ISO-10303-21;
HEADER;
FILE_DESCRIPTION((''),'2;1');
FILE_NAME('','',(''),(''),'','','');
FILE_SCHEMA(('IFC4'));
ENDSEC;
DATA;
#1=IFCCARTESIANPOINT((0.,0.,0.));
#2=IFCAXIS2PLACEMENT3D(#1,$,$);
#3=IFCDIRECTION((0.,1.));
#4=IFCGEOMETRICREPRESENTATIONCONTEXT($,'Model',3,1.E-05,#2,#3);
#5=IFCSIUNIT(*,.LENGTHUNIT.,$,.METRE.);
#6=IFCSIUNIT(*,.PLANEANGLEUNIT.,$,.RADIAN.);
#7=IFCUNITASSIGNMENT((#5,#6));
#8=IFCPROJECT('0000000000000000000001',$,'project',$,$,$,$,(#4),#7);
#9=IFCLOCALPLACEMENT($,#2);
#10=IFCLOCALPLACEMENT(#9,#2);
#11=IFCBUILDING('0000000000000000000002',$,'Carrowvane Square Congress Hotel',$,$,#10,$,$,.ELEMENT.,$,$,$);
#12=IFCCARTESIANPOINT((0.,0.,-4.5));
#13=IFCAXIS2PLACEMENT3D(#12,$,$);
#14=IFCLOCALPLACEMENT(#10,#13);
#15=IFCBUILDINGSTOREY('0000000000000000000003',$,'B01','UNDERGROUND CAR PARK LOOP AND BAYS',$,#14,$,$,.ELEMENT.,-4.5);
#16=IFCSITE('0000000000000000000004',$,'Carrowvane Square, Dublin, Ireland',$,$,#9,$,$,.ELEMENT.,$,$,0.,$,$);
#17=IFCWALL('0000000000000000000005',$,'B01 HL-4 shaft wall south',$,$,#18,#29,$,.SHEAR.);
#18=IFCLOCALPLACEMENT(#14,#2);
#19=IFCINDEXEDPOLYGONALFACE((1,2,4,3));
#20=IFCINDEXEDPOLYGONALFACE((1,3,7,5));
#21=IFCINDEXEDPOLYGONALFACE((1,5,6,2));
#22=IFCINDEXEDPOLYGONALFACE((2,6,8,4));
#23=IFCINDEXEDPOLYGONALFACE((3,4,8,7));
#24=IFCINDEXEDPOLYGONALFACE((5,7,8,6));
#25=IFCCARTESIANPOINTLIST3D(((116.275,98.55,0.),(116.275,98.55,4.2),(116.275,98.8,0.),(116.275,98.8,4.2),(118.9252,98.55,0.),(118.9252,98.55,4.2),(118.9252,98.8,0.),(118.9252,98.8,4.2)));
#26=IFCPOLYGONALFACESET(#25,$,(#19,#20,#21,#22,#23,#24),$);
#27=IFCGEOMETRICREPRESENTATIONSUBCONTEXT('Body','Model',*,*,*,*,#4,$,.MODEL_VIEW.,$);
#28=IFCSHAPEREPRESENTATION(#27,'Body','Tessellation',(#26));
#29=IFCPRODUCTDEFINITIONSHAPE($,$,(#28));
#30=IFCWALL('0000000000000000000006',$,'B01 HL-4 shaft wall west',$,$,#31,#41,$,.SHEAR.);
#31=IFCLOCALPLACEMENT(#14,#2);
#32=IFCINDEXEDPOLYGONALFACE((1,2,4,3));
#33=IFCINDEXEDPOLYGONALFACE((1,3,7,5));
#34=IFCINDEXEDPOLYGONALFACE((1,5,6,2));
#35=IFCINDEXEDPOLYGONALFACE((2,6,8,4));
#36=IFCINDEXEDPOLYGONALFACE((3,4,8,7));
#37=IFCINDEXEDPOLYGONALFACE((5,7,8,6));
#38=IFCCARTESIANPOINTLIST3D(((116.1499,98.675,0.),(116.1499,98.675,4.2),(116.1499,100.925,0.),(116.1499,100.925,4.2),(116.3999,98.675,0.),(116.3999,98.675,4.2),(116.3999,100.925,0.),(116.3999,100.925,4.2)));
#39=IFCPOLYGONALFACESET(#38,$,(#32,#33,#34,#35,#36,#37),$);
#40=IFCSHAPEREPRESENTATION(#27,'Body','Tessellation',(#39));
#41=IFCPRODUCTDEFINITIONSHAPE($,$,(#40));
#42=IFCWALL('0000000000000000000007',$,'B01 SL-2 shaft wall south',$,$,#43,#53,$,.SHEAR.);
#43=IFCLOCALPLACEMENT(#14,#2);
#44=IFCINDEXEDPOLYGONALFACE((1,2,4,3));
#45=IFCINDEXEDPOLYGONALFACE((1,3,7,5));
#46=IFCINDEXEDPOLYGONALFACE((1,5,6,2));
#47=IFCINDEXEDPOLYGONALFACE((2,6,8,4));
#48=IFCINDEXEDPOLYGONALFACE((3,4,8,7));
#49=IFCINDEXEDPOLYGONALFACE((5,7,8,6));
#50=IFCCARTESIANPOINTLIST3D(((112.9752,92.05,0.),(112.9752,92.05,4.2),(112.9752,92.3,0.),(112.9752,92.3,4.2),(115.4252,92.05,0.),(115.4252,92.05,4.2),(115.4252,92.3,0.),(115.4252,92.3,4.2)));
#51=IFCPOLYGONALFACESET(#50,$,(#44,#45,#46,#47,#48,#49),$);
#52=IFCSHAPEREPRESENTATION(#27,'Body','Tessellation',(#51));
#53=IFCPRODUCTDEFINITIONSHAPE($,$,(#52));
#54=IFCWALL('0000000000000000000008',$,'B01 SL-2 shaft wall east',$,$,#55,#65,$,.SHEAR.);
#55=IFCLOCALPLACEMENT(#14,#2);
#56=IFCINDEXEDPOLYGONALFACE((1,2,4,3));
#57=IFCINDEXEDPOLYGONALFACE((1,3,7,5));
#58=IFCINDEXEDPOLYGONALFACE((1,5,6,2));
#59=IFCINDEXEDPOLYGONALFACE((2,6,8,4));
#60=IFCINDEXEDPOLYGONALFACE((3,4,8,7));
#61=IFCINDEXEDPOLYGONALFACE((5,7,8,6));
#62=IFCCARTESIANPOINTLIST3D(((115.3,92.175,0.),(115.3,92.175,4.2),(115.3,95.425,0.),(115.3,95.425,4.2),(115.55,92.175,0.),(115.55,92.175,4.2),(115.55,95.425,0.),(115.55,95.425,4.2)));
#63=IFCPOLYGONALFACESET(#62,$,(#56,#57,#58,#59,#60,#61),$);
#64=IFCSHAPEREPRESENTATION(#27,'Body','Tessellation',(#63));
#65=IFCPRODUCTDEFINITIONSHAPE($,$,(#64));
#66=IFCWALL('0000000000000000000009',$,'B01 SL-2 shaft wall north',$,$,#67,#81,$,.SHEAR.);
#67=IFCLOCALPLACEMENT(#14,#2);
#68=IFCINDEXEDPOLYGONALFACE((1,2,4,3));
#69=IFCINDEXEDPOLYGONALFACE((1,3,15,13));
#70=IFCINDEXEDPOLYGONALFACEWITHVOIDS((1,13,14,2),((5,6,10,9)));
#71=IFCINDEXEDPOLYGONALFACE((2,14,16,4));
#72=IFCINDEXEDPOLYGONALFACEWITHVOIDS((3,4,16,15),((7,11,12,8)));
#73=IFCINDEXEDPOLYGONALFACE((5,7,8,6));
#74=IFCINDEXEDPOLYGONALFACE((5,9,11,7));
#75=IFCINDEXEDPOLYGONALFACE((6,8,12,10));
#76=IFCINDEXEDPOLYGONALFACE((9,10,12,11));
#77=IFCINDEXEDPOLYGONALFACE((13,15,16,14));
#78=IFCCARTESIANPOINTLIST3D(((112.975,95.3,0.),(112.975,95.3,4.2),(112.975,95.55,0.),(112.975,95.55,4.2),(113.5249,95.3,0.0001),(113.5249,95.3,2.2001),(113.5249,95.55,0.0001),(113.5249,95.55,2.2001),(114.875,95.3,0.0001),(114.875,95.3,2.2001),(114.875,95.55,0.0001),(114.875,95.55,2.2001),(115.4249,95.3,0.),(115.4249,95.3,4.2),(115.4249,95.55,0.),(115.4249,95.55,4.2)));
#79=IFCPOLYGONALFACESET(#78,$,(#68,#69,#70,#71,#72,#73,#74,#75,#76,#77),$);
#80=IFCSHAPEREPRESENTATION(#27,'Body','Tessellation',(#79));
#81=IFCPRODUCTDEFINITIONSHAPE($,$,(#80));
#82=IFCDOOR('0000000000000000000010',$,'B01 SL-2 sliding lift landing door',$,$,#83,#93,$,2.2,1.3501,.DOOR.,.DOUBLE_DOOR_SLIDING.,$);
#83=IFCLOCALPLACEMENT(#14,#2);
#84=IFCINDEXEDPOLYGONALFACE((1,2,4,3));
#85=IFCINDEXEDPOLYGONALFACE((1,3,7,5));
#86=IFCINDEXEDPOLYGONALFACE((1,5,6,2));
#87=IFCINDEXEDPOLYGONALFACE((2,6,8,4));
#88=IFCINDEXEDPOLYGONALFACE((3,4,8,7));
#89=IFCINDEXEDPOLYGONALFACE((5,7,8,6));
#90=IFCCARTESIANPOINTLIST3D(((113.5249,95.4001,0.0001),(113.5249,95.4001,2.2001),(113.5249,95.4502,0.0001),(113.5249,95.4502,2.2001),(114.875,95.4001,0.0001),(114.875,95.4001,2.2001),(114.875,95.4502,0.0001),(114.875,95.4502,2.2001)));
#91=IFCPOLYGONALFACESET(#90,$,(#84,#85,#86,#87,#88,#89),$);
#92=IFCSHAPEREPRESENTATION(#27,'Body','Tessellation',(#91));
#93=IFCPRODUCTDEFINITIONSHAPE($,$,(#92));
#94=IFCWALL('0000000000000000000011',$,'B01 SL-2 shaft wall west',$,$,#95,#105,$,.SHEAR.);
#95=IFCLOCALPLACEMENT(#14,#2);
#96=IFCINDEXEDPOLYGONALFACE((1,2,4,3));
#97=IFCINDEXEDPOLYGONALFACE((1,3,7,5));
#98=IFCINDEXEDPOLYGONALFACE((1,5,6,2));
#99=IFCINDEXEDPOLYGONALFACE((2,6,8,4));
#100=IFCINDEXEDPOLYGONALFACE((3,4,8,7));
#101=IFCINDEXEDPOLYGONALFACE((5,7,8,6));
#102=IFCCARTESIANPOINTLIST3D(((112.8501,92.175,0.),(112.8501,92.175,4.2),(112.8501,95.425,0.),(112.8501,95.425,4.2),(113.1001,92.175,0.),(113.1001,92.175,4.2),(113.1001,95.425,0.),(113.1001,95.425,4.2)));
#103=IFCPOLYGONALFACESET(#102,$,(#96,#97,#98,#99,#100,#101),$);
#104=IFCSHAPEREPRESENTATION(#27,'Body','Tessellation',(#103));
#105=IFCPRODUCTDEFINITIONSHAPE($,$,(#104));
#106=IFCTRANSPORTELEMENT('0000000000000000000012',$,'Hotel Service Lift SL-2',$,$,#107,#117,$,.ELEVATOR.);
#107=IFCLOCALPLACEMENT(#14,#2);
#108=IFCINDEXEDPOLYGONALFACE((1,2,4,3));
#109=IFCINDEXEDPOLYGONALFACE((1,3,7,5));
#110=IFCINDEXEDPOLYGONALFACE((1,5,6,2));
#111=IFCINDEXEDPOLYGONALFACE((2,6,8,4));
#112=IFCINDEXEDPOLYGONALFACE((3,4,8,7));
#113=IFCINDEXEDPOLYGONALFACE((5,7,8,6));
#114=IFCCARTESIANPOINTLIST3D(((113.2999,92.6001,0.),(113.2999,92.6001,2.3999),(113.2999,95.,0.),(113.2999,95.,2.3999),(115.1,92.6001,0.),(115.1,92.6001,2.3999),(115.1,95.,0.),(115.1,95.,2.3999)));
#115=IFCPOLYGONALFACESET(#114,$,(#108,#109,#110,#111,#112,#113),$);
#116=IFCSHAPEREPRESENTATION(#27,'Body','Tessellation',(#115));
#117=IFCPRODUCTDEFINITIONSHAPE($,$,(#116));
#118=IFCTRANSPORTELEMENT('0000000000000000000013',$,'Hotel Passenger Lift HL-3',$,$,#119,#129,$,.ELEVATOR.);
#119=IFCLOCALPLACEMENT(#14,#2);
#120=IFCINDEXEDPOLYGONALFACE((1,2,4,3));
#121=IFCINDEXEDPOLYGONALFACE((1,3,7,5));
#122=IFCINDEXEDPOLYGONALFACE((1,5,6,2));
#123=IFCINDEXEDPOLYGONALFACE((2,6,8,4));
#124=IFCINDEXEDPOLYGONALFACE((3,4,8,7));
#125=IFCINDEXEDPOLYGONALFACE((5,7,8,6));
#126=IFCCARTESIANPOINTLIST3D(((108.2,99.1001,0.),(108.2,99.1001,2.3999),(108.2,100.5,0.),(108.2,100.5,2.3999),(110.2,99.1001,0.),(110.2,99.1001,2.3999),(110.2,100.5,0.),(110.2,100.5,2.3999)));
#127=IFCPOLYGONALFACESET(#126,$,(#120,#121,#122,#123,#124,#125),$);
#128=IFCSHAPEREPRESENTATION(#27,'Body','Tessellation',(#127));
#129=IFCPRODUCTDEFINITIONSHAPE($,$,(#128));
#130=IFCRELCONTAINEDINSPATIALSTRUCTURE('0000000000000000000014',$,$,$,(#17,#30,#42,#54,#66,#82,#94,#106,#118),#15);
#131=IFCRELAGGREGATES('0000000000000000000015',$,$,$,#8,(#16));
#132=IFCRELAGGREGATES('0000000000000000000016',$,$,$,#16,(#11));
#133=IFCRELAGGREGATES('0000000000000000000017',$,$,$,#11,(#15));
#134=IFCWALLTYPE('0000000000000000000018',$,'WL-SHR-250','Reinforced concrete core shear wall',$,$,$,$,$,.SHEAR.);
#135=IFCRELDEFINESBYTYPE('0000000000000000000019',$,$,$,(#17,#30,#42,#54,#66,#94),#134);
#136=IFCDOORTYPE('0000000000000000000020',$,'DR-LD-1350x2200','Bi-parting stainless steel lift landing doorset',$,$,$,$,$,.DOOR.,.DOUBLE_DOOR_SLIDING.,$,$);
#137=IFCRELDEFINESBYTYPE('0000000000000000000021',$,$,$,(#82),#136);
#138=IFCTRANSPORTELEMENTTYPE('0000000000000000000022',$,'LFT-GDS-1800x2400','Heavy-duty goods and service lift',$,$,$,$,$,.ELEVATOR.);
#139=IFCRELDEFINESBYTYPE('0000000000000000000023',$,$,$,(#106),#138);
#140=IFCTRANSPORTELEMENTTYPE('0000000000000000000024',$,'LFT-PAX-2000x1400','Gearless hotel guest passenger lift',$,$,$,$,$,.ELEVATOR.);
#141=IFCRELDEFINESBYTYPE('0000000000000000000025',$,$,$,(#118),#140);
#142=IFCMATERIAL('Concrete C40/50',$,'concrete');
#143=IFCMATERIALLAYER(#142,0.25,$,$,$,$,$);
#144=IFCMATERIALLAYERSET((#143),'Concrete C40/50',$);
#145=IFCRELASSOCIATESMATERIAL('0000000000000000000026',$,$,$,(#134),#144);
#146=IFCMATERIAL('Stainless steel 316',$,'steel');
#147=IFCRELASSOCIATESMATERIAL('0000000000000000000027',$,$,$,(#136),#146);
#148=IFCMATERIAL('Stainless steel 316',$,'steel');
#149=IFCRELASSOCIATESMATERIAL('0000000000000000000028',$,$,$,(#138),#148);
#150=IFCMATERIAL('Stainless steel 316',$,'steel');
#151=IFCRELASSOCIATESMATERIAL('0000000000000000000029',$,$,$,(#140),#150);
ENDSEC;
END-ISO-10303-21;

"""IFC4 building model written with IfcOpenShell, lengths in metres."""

from ifc_helpers import new_model, si_unit, direction, frame, frame_2d, origin, origin_2d, place, context, subcontext, project, spatial, rectangle, extrude, material, layer, layer_set, type_object, element, fill, save


model = new_model("IFC4")

# Units and contexts
model_context = context("Model", 3, precision=1e-05, world=origin(), true_north=direction((0.0, 1.0)))
body_context = subcontext(model_context, "Body", "Model", "MODEL_VIEW")
ifc_project = project(units=[si_unit("LENGTHUNIT", "METRE"), si_unit("PLANEANGLEUNIT", "RADIAN")], contexts=[model_context])

# Site, building, storey
site_placement = place(None, origin())
site = spatial("IfcSite", under=ifc_project, at=site_placement, Name="Carrowvane Square, Dublin, Ireland", CompositionType="ELEMENT", RefElevation=0.0)
building_placement = place(site_placement, origin())
building = spatial("IfcBuilding", under=site, at=building_placement, Name="Carrowvane Square Congress Hotel", CompositionType="ELEMENT")
storey_placement = place(building_placement, frame((0.0, 0.0, -4.5)))
storey = spatial("IfcBuildingStorey", under=building, at=storey_placement, Name="B01", Description="UNDERGROUND CAR PARK LOOP AND BAYS", CompositionType="ELEMENT", Elevation=-4.5)

# Shared definitions
ifc_material_1 = material(Name="Concrete C40/50", Category="concrete")
ifc_layer = layer(ifc_material_1, 0.25)
ifc_layer_set = layer_set([ifc_layer], Name="Concrete C40/50")
wall_type = type_object("IfcWallType", Name="WL-SHR-250", Description="Reinforced concrete core shear wall", PredefinedType="SHEAR", material=ifc_layer_set)

# Walls
wall_1_placement = place(storey_placement, frame((116.2749, 98.675, 0.0), z_axis=(0.0, 0.0, 1.0), x_axis=(1.0, 0.0, 0.0)))
element("IfcWall", 1, at=wall_1_placement, inside=storey, type_object=wall_type, Name="B01 HL-4 shaft wall south", PredefinedType="SHEAR", context=body_context, shape_type="SweptSolid", body=[
    extrude(rectangle(XDim=2.6501, YDim=0.25, at=frame_2d((1.3252, 0.0))), origin(), (0.0, 0.0, 1.0), 4.2),
])
wall_2_placement = place(storey_placement, frame((116.2749, 100.925, 0.0), z_axis=(0.0, 0.0, 1.0), x_axis=(0.0, -1.0, 0.0)))
element("IfcWall", 2, at=wall_2_placement, inside=storey, type_object=wall_type, Name="B01 HL-4 shaft wall west", PredefinedType="SHEAR", context=body_context, shape_type="SweptSolid", body=[
    extrude(rectangle(XDim=2.25, YDim=0.25, at=frame_2d((1.125, 0.0))), origin(), (0.0, 0.0, 1.0), 4.2),
])
wall_3_placement = place(storey_placement, frame((112.9751, 92.175, 0.0), z_axis=(0.0, 0.0, 1.0), x_axis=(1.0, 0.0, 0.0)))
element("IfcWall", 3, at=wall_3_placement, inside=storey, type_object=wall_type, Name="B01 SL-2 shaft wall south", PredefinedType="SHEAR", context=body_context, shape_type="SweptSolid", body=[
    extrude(rectangle(XDim=2.45, YDim=0.25, at=frame_2d((1.2251, 0.0))), origin(), (0.0, 0.0, 1.0), 4.2),
])
wall_4_placement = place(storey_placement, frame((115.425, 92.175, 0.0), z_axis=(0.0, 0.0, 1.0), x_axis=(0.0, 1.0, 0.0)))
element("IfcWall", 4, at=wall_4_placement, inside=storey, type_object=wall_type, Name="B01 SL-2 shaft wall east", PredefinedType="SHEAR", context=body_context, shape_type="SweptSolid", body=[
    extrude(rectangle(XDim=3.25, YDim=0.25, at=frame_2d((1.625, 0.0))), origin(), (0.0, 0.0, 1.0), 4.2),
])

# Wall, opening, door
wall_5_placement = place(storey_placement, frame((115.425, 95.425, 0.0), z_axis=(0.0, 0.0, 1.0), x_axis=(-1.0, 0.0, 0.0)))
wall_5 = element("IfcWall", 5, at=wall_5_placement, inside=storey, type_object=wall_type, Name="B01 SL-2 shaft wall north", PredefinedType="SHEAR", context=body_context, shape_type="SweptSolid", body=[
    extrude(rectangle(XDim=2.45, YDim=0.25, at=frame_2d((1.2251, 0.0))), origin(), (0.0, 0.0, 1.0), 4.2),
])
opening_1_placement = place(wall_5_placement, frame((0.55, 0.0, 0.0)))
opening_1 = element("IfcOpeningElement", 6, at=opening_1_placement, cuts=wall_5, PredefinedType="OPENING", context=body_context, shape_type="SweptSolid", body=[
    extrude(rectangle(XDim=1.3501, YDim=2.2, at=frame_2d((0.675, 1.1001))), frame((0.0, 0.135, 0.0), z_axis=(0.0, -1.0, 0.0), x_axis=(1.0, 0.0, 0.0)), (0.0, 0.0, 1.0), 0.27),
])
ifc_material_2 = material(Name="Stainless steel 316", Category="steel")
door_type_1 = type_object("IfcDoorType", Name="DR-LD-1350x2200", Description="Bi-parting stainless steel lift landing doorset", OperationType="DOUBLE_DOOR_SLIDING", PredefinedType="DOOR", material=ifc_material_2)
door_1_placement = place(opening_1_placement, origin())
door_1 = element("IfcDoor", 7, at=door_1_placement, inside=storey, type_object=door_type_1, Name="B01 SL-2 sliding lift landing door", OperationType="DOUBLE_DOOR_SLIDING", OverallHeight=2.2, OverallWidth=1.3501, PredefinedType="DOOR", context=body_context, shape_type="SweptSolid", body=[
    extrude(rectangle(XDim=1.3501, YDim=2.2, at=frame_2d((0.675, 1.1001))), frame((0.0, 0.0249, 0.0), z_axis=(0.0, -1.0, 0.0), x_axis=(1.0, 0.0, 0.0)), (0.0, 0.0, 1.0), 0.05),
])
fill(opening_1, door_1)

# Wall
wall_6_placement = place(storey_placement, frame((112.9751, 95.425, 0.0), z_axis=(0.0, 0.0, 1.0), x_axis=(0.0, -1.0, 0.0)))
element("IfcWall", 8, at=wall_6_placement, inside=storey, type_object=wall_type, Name="B01 SL-2 shaft wall west", PredefinedType="SHEAR", context=body_context, shape_type="SweptSolid", body=[
    extrude(rectangle(XDim=3.25, YDim=0.25, at=frame_2d((1.625, 0.0))), origin(), (0.0, 0.0, 1.0), 4.2),
])

# Transport elements
ifc_material_3 = material(Name="Stainless steel 316", Category="steel")
transport_element_type_1 = type_object("IfcTransportElementType", Name="LFT-GDS-1800x2400", Description="Heavy-duty goods and service lift", PredefinedType="ELEVATOR", material=ifc_material_3)
transport_element_1_placement = place(storey_placement, frame((114.2, 93.8, 0.0), z_axis=(0.0, 0.0, 1.0), x_axis=(1.0, 0.0, 0.0)))
element("IfcTransportElement", 9, at=transport_element_1_placement, inside=storey, type_object=transport_element_type_1, Name="Hotel Service Lift SL-2", PredefinedType="ELEVATOR", context=body_context, shape_type="SweptSolid", body=[
    extrude(rectangle(XDim=1.8, YDim=2.3999, at=origin_2d()), origin(), (0.0, 0.0, 1.0), 2.3999),
])
ifc_material_4 = material(Name="Stainless steel 316", Category="steel")
transport_element_type_2 = type_object("IfcTransportElementType", Name="LFT-PAX-2000x1400", Description="Gearless hotel guest passenger lift", PredefinedType="ELEVATOR", material=ifc_material_4)
transport_element_2_placement = place(storey_placement, frame((109.2, 99.8, 0.0), z_axis=(0.0, 0.0, 1.0), x_axis=(1.0, 0.0, 0.0)))
element("IfcTransportElement", 10, at=transport_element_2_placement, inside=storey, type_object=transport_element_type_2, Name="Hotel Passenger Lift HL-3", PredefinedType="ELEVATOR", context=body_context, shape_type="SweptSolid", body=[
    extrude(rectangle(XDim=2.0, YDim=1.3999, at=origin_2d()), origin(), (0.0, 0.0, 1.0), 2.3999),
])

save(model, "model.ifc")
